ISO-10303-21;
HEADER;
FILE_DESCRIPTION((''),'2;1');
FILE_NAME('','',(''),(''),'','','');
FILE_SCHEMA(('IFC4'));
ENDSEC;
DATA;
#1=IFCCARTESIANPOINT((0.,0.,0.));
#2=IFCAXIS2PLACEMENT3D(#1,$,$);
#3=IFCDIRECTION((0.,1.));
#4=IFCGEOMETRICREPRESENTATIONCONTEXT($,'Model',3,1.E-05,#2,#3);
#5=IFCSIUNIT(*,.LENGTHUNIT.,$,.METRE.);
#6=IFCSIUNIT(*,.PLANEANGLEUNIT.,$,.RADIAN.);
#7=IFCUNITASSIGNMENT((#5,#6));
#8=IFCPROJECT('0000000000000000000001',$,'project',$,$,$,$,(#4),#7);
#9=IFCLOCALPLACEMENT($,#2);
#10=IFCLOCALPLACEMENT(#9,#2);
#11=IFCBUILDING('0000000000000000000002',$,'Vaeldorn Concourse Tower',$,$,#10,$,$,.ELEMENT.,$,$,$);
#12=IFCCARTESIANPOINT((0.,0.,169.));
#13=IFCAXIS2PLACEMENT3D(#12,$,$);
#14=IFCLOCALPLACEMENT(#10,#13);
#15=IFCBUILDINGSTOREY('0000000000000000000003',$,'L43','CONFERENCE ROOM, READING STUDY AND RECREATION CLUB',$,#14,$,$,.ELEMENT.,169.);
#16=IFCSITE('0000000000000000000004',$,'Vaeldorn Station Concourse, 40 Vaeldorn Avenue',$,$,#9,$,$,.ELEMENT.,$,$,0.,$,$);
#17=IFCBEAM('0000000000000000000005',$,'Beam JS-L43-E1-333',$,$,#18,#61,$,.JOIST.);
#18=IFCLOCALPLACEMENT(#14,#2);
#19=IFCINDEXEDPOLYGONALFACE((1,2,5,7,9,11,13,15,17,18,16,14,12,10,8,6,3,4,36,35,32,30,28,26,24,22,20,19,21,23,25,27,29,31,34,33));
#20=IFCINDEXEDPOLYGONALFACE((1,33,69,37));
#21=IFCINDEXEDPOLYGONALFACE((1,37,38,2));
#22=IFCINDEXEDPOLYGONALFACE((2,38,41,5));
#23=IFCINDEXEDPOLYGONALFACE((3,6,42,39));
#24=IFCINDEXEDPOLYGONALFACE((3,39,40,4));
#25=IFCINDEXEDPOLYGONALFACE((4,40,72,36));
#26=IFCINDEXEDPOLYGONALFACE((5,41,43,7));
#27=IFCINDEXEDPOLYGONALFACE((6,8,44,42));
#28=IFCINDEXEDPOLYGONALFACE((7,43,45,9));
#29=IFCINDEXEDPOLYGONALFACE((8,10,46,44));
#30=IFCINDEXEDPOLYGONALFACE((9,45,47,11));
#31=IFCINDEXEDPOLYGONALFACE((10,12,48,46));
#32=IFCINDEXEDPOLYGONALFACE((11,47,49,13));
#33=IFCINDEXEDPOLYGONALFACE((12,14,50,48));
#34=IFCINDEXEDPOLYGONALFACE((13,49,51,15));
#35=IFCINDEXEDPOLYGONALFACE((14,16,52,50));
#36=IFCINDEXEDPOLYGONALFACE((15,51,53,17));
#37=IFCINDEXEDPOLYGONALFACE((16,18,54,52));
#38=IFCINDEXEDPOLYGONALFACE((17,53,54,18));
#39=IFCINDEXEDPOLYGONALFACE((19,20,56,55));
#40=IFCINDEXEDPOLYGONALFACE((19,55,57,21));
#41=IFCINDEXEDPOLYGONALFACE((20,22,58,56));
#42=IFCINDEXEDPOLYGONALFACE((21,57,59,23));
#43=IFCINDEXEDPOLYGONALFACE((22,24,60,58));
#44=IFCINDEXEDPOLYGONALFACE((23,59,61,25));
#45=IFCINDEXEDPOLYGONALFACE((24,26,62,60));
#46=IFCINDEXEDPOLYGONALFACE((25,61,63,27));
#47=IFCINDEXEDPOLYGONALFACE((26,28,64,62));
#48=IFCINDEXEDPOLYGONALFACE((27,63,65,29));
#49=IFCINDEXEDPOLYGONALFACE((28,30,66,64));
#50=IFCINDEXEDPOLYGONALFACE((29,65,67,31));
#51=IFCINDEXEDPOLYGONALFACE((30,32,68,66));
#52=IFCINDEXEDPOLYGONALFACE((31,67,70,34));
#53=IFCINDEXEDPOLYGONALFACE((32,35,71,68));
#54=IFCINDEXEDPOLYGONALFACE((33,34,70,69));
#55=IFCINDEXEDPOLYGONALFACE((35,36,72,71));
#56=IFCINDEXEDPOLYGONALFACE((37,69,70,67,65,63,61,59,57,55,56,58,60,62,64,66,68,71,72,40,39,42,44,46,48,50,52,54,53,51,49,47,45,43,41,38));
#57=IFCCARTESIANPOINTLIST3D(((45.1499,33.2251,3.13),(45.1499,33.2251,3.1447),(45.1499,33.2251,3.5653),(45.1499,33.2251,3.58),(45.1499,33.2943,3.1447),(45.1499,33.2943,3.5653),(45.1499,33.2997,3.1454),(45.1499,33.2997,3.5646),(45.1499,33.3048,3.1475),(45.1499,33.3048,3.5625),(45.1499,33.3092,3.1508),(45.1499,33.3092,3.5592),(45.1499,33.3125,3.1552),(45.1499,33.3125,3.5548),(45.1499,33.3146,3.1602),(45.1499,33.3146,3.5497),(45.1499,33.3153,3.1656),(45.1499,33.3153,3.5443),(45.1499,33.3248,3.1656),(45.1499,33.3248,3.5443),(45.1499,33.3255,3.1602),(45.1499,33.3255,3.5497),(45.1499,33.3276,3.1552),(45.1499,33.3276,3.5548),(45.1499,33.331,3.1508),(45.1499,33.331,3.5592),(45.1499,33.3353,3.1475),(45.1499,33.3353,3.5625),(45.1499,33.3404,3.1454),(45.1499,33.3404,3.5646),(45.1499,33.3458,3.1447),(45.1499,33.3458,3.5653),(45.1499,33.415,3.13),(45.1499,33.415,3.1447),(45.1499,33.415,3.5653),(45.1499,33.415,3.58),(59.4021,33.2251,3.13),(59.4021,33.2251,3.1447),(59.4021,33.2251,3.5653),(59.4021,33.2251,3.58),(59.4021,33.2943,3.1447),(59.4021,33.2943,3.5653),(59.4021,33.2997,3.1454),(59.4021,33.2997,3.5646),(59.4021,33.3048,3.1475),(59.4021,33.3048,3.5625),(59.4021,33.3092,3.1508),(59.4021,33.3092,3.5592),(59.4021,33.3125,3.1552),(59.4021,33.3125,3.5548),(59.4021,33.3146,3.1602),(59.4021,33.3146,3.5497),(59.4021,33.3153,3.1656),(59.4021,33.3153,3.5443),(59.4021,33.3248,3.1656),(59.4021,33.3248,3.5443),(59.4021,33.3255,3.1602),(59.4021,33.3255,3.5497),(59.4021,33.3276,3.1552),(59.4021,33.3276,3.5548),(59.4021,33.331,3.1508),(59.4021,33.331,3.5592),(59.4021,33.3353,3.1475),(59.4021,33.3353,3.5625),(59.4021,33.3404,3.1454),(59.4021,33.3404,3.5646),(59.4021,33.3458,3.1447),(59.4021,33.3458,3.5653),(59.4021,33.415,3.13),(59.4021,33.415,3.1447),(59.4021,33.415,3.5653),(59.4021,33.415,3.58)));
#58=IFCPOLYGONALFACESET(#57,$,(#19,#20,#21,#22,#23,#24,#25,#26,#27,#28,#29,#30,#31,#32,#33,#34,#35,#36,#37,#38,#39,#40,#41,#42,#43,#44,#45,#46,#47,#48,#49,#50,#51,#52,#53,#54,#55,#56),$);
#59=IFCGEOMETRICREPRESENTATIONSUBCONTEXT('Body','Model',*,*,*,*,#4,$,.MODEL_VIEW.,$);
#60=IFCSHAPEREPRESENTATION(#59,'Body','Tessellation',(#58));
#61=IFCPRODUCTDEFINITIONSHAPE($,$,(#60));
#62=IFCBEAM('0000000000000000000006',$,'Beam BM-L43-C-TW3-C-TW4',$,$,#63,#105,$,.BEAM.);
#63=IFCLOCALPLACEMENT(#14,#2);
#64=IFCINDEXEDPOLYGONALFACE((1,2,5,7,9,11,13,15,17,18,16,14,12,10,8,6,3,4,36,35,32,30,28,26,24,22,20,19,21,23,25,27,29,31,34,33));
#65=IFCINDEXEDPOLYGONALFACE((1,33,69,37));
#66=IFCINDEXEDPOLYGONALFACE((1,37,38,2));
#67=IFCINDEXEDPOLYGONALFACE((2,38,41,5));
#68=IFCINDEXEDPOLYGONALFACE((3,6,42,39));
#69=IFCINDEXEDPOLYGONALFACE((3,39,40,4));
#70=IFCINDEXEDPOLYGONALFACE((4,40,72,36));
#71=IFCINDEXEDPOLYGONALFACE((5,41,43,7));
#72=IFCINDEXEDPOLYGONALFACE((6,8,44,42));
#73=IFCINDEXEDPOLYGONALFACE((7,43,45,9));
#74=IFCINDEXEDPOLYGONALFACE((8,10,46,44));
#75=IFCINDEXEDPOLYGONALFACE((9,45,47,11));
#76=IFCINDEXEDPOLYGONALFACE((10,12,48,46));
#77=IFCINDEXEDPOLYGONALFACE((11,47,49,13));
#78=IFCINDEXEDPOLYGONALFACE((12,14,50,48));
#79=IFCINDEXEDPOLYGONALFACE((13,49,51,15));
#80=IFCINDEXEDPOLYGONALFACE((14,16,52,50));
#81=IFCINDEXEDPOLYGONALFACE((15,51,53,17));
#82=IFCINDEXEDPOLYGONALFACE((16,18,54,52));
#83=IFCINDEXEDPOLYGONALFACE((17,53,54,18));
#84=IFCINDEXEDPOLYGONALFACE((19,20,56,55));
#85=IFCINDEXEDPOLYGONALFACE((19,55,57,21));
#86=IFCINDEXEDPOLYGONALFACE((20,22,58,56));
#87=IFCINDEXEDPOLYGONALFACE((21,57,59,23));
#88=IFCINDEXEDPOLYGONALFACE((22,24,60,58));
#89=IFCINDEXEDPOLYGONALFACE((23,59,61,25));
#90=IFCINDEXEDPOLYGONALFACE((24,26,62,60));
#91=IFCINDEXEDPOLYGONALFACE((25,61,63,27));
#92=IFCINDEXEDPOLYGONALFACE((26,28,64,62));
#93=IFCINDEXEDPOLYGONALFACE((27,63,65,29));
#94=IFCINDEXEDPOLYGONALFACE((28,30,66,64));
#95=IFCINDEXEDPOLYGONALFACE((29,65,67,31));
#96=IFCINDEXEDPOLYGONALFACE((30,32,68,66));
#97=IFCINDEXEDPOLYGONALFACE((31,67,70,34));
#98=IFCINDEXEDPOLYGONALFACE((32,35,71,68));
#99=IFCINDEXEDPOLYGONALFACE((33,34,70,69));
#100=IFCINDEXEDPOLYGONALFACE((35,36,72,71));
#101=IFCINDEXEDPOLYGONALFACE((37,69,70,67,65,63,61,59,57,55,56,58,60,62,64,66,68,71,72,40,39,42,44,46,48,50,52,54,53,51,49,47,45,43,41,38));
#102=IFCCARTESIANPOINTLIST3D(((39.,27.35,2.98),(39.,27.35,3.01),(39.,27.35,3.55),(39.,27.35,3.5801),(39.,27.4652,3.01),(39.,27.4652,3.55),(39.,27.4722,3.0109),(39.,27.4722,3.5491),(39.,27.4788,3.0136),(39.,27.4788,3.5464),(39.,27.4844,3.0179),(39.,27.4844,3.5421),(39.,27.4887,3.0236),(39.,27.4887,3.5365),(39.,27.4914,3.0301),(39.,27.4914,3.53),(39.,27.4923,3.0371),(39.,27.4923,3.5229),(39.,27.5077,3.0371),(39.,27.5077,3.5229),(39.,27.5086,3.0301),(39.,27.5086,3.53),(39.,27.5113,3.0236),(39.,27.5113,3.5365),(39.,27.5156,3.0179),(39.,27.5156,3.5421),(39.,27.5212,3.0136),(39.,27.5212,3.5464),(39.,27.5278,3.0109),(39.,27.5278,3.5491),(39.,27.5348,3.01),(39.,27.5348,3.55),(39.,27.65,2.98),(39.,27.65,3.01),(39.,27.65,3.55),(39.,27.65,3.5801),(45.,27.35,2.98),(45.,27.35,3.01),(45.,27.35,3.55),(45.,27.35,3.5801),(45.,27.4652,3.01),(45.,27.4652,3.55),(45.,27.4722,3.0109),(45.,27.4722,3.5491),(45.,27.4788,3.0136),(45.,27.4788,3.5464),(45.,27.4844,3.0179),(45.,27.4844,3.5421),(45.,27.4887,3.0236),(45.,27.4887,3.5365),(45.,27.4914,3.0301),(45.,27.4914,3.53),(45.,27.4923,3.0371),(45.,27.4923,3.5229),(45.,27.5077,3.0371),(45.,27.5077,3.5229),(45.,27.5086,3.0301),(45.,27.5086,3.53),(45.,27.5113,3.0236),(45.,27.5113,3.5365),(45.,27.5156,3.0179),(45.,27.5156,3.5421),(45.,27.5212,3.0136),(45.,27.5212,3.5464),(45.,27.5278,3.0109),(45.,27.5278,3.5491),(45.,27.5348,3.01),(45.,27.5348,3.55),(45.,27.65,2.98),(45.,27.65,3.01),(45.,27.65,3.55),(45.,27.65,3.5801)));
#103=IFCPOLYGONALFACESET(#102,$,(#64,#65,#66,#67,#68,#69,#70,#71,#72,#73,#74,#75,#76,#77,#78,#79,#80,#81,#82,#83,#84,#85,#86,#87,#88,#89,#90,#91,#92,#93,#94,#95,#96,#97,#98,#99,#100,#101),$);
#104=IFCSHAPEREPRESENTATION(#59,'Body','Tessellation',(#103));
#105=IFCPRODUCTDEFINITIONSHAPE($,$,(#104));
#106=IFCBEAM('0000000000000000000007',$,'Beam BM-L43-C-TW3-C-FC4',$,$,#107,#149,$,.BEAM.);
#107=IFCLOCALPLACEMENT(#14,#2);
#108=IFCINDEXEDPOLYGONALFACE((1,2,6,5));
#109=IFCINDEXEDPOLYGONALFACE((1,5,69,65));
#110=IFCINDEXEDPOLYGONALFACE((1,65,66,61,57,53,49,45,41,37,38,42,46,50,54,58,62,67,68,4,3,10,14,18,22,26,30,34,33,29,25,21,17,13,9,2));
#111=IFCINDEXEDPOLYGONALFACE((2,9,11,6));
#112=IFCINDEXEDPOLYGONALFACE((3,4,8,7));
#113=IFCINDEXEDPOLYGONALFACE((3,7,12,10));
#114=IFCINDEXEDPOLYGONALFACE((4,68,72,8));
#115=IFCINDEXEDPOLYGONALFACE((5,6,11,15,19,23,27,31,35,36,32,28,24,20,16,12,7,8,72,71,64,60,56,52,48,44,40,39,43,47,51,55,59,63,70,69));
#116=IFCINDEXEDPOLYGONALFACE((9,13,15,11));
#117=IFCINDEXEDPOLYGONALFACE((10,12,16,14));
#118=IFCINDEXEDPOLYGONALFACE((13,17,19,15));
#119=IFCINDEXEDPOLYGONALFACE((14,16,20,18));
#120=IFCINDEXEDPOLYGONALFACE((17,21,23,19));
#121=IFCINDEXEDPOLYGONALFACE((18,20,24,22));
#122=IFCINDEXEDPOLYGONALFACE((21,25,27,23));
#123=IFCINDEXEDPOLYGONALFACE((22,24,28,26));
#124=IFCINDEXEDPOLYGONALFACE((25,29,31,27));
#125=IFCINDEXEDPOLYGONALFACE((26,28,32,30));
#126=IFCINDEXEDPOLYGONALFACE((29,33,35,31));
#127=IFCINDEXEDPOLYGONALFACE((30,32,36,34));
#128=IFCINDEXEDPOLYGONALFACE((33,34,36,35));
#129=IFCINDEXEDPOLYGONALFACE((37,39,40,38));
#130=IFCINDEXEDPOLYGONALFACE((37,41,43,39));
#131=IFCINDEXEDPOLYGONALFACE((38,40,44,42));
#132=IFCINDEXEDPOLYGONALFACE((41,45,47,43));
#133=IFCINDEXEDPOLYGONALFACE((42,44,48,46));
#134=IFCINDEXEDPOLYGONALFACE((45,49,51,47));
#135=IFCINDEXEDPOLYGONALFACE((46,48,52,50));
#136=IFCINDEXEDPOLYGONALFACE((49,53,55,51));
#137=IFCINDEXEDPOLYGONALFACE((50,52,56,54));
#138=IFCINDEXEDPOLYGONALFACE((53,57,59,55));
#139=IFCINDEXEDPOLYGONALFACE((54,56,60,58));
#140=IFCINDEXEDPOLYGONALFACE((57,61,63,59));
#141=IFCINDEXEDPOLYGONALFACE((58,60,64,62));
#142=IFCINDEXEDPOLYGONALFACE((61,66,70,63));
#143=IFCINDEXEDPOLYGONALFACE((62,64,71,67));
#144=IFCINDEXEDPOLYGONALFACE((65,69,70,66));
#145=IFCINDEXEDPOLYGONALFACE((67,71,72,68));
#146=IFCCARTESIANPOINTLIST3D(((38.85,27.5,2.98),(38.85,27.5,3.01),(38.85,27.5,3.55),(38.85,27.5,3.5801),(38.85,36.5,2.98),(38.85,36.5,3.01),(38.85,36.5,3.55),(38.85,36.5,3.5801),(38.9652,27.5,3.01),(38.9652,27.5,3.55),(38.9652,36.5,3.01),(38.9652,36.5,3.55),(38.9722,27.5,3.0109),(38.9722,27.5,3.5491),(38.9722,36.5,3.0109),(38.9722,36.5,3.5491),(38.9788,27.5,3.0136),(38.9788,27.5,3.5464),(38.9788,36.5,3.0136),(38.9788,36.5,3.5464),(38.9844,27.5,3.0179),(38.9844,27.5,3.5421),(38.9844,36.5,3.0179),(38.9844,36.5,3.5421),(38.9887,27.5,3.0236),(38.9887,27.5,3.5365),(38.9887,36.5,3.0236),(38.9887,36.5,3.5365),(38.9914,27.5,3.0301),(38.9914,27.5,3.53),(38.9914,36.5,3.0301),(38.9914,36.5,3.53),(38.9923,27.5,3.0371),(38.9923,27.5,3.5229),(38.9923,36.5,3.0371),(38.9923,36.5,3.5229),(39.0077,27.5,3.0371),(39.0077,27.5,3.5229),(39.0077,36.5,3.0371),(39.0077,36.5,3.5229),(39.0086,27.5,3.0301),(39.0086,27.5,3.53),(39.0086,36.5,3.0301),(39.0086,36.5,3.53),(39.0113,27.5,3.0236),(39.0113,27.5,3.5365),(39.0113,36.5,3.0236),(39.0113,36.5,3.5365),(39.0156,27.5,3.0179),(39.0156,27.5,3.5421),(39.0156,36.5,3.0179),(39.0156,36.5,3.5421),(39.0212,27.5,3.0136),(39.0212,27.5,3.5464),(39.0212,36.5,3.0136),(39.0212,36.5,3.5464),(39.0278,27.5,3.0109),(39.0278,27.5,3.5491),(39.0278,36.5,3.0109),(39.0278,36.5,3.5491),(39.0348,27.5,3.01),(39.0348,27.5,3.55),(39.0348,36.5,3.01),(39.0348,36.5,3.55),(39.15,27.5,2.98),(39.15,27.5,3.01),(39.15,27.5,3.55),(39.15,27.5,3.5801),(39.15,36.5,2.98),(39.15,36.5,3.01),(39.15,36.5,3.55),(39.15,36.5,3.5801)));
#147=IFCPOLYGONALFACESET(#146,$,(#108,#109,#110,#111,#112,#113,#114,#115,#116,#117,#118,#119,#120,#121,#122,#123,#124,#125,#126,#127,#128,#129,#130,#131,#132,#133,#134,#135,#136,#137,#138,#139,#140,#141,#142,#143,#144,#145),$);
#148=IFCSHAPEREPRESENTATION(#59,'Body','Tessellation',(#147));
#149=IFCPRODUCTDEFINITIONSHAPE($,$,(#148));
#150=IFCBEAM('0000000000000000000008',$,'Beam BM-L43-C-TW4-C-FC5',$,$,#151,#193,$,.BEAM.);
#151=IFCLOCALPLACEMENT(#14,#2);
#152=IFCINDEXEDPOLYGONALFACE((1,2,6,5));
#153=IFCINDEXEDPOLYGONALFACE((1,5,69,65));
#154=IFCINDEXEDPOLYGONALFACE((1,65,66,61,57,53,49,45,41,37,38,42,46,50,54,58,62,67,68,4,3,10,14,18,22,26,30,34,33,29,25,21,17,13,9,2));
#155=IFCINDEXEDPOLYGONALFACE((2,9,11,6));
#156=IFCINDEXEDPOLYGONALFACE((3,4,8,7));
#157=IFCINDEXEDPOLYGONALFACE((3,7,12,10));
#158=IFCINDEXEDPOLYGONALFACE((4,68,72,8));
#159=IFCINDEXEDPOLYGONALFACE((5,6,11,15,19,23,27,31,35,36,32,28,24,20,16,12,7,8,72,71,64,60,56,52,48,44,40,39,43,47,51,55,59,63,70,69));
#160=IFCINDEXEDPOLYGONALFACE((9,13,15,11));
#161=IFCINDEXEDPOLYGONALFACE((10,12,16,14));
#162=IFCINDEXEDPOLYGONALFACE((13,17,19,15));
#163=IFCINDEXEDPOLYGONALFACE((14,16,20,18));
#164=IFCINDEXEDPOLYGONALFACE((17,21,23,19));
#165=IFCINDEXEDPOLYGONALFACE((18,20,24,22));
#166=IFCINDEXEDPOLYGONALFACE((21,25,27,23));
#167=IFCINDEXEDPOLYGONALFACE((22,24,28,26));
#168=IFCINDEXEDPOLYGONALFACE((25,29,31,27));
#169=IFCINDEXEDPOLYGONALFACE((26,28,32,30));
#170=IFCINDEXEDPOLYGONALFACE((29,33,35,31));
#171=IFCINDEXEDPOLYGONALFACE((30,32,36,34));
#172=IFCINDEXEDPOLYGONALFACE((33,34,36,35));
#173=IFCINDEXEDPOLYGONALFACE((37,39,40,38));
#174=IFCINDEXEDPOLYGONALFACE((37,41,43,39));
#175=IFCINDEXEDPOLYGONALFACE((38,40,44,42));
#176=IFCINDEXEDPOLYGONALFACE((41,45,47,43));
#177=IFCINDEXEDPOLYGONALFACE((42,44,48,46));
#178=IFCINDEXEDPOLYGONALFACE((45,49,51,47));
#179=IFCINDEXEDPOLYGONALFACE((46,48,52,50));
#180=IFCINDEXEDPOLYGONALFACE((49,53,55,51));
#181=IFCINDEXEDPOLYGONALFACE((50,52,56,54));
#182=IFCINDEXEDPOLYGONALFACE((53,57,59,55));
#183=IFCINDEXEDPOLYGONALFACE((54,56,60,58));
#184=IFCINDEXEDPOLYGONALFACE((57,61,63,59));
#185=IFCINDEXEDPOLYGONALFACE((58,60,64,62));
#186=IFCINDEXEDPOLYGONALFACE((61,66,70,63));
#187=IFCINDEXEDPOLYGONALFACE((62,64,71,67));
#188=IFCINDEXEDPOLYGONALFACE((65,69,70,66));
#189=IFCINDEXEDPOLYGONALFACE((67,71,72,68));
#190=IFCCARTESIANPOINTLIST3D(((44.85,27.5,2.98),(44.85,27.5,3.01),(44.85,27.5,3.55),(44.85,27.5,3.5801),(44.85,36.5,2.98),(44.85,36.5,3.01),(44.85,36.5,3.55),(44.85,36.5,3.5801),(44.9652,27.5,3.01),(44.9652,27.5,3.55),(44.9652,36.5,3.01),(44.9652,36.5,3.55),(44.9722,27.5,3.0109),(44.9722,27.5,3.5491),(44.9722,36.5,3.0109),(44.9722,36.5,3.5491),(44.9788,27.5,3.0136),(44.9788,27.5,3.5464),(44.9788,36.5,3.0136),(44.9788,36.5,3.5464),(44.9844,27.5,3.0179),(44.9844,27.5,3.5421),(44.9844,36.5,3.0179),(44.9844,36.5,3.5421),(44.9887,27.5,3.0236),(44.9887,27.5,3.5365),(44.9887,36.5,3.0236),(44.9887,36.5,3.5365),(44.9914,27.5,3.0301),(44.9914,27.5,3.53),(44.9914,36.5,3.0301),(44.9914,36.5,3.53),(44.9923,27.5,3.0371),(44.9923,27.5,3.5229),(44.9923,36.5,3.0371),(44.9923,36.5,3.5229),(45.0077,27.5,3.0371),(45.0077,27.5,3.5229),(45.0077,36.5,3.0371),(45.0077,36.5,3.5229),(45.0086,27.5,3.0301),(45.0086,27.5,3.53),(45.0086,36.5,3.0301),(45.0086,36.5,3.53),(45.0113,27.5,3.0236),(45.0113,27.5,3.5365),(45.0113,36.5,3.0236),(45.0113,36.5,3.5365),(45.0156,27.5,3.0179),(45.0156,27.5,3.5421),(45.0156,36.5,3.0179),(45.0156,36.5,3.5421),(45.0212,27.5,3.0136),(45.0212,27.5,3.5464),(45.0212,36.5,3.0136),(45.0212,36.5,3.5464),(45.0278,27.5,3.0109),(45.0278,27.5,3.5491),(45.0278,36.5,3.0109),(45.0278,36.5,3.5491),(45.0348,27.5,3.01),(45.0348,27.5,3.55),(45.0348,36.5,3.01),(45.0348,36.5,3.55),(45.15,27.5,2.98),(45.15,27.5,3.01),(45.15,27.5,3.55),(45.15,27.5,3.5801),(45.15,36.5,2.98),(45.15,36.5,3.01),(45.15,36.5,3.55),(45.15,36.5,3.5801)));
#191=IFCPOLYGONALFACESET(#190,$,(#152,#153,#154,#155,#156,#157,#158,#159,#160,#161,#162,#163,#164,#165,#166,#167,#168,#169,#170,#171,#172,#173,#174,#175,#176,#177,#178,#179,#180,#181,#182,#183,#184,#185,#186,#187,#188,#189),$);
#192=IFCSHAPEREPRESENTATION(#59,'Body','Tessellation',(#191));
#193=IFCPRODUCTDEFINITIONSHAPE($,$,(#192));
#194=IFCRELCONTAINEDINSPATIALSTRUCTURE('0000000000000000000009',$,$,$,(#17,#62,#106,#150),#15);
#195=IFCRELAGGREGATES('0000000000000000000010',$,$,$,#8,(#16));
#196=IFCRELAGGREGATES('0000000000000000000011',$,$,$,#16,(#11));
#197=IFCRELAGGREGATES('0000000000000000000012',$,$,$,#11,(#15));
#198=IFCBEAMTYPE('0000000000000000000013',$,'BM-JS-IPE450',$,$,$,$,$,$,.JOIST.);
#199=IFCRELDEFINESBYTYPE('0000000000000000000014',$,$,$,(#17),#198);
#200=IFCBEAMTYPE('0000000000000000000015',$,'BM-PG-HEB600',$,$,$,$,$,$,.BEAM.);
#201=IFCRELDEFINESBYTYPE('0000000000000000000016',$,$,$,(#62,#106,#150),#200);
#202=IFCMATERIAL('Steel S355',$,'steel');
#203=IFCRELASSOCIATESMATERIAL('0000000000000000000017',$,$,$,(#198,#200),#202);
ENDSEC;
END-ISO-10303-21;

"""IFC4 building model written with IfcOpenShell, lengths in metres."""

from ifc_helpers import new_model, si_unit, direction, frame, origin, origin_2d, place, context, subcontext, project, spatial, i_section, extrude, source, transform, mapped, material, material_profile, profile_set, type_object, element, save


model = new_model("IFC4")

# Units and contexts
model_context = context("Model", 3, precision=1e-05, world=origin(), true_north=direction((0.0, 1.0)))
body_context = subcontext(model_context, "Body", "Model", "MODEL_VIEW")
ifc_project = project(units=[si_unit("LENGTHUNIT", "METRE"), si_unit("PLANEANGLEUNIT", "RADIAN")], contexts=[model_context])

# Site, building, storey
site_placement = place(None, origin())
site = spatial("IfcSite", under=ifc_project, at=site_placement, Name="Vaeldorn Station Concourse, 40 Vaeldorn Avenue", CompositionType="ELEMENT", RefElevation=0.0)
building_placement = place(site_placement, origin())
building = spatial("IfcBuilding", under=site, at=building_placement, Name="Vaeldorn Concourse Tower", CompositionType="ELEMENT")
storey_placement = place(building_placement, frame((0.0, 0.0, 169.0)))
storey = spatial("IfcBuildingStorey", under=building, at=storey_placement, Name="L43", Description="CONFERENCE ROOM, READING STUDY AND RECREATION CLUB", CompositionType="ELEMENT", Elevation=169.0)

# Beams
ifc_material_1 = material(Name="Steel S355", Category="steel")
ifc_material_profile_1 = material_profile(ifc_material_1, i_section(OverallWidth=0.1899, OverallDepth=0.45, WebThickness=0.0095, FlangeThickness=0.0146, FilletRadius=0.021, at=origin_2d()), Name="IPE 450")
ifc_profile_set_1 = profile_set([ifc_material_profile_1], Name="Steel S355")
beam_type_1 = type_object("IfcBeamType", Name="BM-JS-IPE450", PredefinedType="JOIST", material=ifc_profile_set_1)
shared_shape_1 = source(origin(), body_context, "Body", "SweptSolid", [
    extrude(i_section(OverallWidth=0.1899, OverallDepth=0.45, WebThickness=0.0095, FlangeThickness=0.0146, FilletRadius=0.021, at=origin_2d()), origin(), (0.0, 0.0, 1.0), 14.2522),
])
beam_1_placement = place(storey_placement, frame((45.1499, 33.3201, 3.355), z_axis=(1.0, 0.0, 0.0), x_axis=(0.0, 1.0, 0.0)))
element("IfcBeam", 1, at=beam_1_placement, inside=storey, type_object=beam_type_1, Name="Beam JS-L43-E1-333", PredefinedType="JOIST", context=body_context, shape_type="MappedRepresentation", body=[
    mapped(shared_shape_1, transform((0.0, 0.0, 0.0), scale=1.0)),
])
ifc_material_profile_2 = material_profile(ifc_material_1, i_section(OverallWidth=0.3, OverallDepth=0.6001, WebThickness=0.0154, FlangeThickness=0.03, FilletRadius=0.0271, at=origin_2d()), Name="HEB 600")
ifc_profile_set_2 = profile_set([ifc_material_profile_2], Name="Steel S355")
beam_type_2 = type_object("IfcBeamType", Name="BM-PG-HEB600", PredefinedType="BEAM", material=ifc_profile_set_2)
shared_shape_2 = source(origin(), body_context, "Body", "SweptSolid", [
    extrude(i_section(OverallWidth=0.3, OverallDepth=0.6001, WebThickness=0.0154, FlangeThickness=0.03, FilletRadius=0.0271, at=origin_2d()), origin(), (0.0, 0.0, 1.0), 6.0),
])
beam_2_placement = place(storey_placement, frame((39.0, 27.5, 3.28), z_axis=(1.0, 0.0, 0.0), x_axis=(0.0, 1.0, 0.0)))
element("IfcBeam", 2, at=beam_2_placement, inside=storey, type_object=beam_type_2, Name="Beam BM-L43-C-TW3-C-TW4", PredefinedType="BEAM", context=body_context, shape_type="MappedRepresentation", body=[
    mapped(shared_shape_2, transform((0.0, 0.0, 0.0), scale=1.0)),
])
shared_shape_3 = source(origin(), body_context, "Body", "SweptSolid", [
    extrude(i_section(OverallWidth=0.3, OverallDepth=0.6001, WebThickness=0.0154, FlangeThickness=0.03, FilletRadius=0.0271, at=origin_2d()), origin(), (0.0, 0.0, 1.0), 9.0),
])
for number, where, z_axis, x_axis, name in (
    (3, (39.0, 27.5, 3.28), (0.0, 1.0, 0.0), (-1.0, 0.0, 0.0), "Beam BM-L43-C-TW3-C-FC4"),
    (4, (45.0, 27.5, 3.28), (0.0, 1.0, 0.0), (-1.0, 0.0, 0.0), "Beam BM-L43-C-TW4-C-FC5"),
):
    element("IfcBeam", number, at=place(storey_placement, frame(where, z_axis=z_axis, x_axis=x_axis)), inside=storey, type_object=beam_type_2, Name=name, PredefinedType="BEAM", context=body_context, shape_type="MappedRepresentation", body=[
        mapped(shared_shape_3, transform((0.0, 0.0, 0.0), scale=1.0)),
    ])

save(model, "model.ifc")
